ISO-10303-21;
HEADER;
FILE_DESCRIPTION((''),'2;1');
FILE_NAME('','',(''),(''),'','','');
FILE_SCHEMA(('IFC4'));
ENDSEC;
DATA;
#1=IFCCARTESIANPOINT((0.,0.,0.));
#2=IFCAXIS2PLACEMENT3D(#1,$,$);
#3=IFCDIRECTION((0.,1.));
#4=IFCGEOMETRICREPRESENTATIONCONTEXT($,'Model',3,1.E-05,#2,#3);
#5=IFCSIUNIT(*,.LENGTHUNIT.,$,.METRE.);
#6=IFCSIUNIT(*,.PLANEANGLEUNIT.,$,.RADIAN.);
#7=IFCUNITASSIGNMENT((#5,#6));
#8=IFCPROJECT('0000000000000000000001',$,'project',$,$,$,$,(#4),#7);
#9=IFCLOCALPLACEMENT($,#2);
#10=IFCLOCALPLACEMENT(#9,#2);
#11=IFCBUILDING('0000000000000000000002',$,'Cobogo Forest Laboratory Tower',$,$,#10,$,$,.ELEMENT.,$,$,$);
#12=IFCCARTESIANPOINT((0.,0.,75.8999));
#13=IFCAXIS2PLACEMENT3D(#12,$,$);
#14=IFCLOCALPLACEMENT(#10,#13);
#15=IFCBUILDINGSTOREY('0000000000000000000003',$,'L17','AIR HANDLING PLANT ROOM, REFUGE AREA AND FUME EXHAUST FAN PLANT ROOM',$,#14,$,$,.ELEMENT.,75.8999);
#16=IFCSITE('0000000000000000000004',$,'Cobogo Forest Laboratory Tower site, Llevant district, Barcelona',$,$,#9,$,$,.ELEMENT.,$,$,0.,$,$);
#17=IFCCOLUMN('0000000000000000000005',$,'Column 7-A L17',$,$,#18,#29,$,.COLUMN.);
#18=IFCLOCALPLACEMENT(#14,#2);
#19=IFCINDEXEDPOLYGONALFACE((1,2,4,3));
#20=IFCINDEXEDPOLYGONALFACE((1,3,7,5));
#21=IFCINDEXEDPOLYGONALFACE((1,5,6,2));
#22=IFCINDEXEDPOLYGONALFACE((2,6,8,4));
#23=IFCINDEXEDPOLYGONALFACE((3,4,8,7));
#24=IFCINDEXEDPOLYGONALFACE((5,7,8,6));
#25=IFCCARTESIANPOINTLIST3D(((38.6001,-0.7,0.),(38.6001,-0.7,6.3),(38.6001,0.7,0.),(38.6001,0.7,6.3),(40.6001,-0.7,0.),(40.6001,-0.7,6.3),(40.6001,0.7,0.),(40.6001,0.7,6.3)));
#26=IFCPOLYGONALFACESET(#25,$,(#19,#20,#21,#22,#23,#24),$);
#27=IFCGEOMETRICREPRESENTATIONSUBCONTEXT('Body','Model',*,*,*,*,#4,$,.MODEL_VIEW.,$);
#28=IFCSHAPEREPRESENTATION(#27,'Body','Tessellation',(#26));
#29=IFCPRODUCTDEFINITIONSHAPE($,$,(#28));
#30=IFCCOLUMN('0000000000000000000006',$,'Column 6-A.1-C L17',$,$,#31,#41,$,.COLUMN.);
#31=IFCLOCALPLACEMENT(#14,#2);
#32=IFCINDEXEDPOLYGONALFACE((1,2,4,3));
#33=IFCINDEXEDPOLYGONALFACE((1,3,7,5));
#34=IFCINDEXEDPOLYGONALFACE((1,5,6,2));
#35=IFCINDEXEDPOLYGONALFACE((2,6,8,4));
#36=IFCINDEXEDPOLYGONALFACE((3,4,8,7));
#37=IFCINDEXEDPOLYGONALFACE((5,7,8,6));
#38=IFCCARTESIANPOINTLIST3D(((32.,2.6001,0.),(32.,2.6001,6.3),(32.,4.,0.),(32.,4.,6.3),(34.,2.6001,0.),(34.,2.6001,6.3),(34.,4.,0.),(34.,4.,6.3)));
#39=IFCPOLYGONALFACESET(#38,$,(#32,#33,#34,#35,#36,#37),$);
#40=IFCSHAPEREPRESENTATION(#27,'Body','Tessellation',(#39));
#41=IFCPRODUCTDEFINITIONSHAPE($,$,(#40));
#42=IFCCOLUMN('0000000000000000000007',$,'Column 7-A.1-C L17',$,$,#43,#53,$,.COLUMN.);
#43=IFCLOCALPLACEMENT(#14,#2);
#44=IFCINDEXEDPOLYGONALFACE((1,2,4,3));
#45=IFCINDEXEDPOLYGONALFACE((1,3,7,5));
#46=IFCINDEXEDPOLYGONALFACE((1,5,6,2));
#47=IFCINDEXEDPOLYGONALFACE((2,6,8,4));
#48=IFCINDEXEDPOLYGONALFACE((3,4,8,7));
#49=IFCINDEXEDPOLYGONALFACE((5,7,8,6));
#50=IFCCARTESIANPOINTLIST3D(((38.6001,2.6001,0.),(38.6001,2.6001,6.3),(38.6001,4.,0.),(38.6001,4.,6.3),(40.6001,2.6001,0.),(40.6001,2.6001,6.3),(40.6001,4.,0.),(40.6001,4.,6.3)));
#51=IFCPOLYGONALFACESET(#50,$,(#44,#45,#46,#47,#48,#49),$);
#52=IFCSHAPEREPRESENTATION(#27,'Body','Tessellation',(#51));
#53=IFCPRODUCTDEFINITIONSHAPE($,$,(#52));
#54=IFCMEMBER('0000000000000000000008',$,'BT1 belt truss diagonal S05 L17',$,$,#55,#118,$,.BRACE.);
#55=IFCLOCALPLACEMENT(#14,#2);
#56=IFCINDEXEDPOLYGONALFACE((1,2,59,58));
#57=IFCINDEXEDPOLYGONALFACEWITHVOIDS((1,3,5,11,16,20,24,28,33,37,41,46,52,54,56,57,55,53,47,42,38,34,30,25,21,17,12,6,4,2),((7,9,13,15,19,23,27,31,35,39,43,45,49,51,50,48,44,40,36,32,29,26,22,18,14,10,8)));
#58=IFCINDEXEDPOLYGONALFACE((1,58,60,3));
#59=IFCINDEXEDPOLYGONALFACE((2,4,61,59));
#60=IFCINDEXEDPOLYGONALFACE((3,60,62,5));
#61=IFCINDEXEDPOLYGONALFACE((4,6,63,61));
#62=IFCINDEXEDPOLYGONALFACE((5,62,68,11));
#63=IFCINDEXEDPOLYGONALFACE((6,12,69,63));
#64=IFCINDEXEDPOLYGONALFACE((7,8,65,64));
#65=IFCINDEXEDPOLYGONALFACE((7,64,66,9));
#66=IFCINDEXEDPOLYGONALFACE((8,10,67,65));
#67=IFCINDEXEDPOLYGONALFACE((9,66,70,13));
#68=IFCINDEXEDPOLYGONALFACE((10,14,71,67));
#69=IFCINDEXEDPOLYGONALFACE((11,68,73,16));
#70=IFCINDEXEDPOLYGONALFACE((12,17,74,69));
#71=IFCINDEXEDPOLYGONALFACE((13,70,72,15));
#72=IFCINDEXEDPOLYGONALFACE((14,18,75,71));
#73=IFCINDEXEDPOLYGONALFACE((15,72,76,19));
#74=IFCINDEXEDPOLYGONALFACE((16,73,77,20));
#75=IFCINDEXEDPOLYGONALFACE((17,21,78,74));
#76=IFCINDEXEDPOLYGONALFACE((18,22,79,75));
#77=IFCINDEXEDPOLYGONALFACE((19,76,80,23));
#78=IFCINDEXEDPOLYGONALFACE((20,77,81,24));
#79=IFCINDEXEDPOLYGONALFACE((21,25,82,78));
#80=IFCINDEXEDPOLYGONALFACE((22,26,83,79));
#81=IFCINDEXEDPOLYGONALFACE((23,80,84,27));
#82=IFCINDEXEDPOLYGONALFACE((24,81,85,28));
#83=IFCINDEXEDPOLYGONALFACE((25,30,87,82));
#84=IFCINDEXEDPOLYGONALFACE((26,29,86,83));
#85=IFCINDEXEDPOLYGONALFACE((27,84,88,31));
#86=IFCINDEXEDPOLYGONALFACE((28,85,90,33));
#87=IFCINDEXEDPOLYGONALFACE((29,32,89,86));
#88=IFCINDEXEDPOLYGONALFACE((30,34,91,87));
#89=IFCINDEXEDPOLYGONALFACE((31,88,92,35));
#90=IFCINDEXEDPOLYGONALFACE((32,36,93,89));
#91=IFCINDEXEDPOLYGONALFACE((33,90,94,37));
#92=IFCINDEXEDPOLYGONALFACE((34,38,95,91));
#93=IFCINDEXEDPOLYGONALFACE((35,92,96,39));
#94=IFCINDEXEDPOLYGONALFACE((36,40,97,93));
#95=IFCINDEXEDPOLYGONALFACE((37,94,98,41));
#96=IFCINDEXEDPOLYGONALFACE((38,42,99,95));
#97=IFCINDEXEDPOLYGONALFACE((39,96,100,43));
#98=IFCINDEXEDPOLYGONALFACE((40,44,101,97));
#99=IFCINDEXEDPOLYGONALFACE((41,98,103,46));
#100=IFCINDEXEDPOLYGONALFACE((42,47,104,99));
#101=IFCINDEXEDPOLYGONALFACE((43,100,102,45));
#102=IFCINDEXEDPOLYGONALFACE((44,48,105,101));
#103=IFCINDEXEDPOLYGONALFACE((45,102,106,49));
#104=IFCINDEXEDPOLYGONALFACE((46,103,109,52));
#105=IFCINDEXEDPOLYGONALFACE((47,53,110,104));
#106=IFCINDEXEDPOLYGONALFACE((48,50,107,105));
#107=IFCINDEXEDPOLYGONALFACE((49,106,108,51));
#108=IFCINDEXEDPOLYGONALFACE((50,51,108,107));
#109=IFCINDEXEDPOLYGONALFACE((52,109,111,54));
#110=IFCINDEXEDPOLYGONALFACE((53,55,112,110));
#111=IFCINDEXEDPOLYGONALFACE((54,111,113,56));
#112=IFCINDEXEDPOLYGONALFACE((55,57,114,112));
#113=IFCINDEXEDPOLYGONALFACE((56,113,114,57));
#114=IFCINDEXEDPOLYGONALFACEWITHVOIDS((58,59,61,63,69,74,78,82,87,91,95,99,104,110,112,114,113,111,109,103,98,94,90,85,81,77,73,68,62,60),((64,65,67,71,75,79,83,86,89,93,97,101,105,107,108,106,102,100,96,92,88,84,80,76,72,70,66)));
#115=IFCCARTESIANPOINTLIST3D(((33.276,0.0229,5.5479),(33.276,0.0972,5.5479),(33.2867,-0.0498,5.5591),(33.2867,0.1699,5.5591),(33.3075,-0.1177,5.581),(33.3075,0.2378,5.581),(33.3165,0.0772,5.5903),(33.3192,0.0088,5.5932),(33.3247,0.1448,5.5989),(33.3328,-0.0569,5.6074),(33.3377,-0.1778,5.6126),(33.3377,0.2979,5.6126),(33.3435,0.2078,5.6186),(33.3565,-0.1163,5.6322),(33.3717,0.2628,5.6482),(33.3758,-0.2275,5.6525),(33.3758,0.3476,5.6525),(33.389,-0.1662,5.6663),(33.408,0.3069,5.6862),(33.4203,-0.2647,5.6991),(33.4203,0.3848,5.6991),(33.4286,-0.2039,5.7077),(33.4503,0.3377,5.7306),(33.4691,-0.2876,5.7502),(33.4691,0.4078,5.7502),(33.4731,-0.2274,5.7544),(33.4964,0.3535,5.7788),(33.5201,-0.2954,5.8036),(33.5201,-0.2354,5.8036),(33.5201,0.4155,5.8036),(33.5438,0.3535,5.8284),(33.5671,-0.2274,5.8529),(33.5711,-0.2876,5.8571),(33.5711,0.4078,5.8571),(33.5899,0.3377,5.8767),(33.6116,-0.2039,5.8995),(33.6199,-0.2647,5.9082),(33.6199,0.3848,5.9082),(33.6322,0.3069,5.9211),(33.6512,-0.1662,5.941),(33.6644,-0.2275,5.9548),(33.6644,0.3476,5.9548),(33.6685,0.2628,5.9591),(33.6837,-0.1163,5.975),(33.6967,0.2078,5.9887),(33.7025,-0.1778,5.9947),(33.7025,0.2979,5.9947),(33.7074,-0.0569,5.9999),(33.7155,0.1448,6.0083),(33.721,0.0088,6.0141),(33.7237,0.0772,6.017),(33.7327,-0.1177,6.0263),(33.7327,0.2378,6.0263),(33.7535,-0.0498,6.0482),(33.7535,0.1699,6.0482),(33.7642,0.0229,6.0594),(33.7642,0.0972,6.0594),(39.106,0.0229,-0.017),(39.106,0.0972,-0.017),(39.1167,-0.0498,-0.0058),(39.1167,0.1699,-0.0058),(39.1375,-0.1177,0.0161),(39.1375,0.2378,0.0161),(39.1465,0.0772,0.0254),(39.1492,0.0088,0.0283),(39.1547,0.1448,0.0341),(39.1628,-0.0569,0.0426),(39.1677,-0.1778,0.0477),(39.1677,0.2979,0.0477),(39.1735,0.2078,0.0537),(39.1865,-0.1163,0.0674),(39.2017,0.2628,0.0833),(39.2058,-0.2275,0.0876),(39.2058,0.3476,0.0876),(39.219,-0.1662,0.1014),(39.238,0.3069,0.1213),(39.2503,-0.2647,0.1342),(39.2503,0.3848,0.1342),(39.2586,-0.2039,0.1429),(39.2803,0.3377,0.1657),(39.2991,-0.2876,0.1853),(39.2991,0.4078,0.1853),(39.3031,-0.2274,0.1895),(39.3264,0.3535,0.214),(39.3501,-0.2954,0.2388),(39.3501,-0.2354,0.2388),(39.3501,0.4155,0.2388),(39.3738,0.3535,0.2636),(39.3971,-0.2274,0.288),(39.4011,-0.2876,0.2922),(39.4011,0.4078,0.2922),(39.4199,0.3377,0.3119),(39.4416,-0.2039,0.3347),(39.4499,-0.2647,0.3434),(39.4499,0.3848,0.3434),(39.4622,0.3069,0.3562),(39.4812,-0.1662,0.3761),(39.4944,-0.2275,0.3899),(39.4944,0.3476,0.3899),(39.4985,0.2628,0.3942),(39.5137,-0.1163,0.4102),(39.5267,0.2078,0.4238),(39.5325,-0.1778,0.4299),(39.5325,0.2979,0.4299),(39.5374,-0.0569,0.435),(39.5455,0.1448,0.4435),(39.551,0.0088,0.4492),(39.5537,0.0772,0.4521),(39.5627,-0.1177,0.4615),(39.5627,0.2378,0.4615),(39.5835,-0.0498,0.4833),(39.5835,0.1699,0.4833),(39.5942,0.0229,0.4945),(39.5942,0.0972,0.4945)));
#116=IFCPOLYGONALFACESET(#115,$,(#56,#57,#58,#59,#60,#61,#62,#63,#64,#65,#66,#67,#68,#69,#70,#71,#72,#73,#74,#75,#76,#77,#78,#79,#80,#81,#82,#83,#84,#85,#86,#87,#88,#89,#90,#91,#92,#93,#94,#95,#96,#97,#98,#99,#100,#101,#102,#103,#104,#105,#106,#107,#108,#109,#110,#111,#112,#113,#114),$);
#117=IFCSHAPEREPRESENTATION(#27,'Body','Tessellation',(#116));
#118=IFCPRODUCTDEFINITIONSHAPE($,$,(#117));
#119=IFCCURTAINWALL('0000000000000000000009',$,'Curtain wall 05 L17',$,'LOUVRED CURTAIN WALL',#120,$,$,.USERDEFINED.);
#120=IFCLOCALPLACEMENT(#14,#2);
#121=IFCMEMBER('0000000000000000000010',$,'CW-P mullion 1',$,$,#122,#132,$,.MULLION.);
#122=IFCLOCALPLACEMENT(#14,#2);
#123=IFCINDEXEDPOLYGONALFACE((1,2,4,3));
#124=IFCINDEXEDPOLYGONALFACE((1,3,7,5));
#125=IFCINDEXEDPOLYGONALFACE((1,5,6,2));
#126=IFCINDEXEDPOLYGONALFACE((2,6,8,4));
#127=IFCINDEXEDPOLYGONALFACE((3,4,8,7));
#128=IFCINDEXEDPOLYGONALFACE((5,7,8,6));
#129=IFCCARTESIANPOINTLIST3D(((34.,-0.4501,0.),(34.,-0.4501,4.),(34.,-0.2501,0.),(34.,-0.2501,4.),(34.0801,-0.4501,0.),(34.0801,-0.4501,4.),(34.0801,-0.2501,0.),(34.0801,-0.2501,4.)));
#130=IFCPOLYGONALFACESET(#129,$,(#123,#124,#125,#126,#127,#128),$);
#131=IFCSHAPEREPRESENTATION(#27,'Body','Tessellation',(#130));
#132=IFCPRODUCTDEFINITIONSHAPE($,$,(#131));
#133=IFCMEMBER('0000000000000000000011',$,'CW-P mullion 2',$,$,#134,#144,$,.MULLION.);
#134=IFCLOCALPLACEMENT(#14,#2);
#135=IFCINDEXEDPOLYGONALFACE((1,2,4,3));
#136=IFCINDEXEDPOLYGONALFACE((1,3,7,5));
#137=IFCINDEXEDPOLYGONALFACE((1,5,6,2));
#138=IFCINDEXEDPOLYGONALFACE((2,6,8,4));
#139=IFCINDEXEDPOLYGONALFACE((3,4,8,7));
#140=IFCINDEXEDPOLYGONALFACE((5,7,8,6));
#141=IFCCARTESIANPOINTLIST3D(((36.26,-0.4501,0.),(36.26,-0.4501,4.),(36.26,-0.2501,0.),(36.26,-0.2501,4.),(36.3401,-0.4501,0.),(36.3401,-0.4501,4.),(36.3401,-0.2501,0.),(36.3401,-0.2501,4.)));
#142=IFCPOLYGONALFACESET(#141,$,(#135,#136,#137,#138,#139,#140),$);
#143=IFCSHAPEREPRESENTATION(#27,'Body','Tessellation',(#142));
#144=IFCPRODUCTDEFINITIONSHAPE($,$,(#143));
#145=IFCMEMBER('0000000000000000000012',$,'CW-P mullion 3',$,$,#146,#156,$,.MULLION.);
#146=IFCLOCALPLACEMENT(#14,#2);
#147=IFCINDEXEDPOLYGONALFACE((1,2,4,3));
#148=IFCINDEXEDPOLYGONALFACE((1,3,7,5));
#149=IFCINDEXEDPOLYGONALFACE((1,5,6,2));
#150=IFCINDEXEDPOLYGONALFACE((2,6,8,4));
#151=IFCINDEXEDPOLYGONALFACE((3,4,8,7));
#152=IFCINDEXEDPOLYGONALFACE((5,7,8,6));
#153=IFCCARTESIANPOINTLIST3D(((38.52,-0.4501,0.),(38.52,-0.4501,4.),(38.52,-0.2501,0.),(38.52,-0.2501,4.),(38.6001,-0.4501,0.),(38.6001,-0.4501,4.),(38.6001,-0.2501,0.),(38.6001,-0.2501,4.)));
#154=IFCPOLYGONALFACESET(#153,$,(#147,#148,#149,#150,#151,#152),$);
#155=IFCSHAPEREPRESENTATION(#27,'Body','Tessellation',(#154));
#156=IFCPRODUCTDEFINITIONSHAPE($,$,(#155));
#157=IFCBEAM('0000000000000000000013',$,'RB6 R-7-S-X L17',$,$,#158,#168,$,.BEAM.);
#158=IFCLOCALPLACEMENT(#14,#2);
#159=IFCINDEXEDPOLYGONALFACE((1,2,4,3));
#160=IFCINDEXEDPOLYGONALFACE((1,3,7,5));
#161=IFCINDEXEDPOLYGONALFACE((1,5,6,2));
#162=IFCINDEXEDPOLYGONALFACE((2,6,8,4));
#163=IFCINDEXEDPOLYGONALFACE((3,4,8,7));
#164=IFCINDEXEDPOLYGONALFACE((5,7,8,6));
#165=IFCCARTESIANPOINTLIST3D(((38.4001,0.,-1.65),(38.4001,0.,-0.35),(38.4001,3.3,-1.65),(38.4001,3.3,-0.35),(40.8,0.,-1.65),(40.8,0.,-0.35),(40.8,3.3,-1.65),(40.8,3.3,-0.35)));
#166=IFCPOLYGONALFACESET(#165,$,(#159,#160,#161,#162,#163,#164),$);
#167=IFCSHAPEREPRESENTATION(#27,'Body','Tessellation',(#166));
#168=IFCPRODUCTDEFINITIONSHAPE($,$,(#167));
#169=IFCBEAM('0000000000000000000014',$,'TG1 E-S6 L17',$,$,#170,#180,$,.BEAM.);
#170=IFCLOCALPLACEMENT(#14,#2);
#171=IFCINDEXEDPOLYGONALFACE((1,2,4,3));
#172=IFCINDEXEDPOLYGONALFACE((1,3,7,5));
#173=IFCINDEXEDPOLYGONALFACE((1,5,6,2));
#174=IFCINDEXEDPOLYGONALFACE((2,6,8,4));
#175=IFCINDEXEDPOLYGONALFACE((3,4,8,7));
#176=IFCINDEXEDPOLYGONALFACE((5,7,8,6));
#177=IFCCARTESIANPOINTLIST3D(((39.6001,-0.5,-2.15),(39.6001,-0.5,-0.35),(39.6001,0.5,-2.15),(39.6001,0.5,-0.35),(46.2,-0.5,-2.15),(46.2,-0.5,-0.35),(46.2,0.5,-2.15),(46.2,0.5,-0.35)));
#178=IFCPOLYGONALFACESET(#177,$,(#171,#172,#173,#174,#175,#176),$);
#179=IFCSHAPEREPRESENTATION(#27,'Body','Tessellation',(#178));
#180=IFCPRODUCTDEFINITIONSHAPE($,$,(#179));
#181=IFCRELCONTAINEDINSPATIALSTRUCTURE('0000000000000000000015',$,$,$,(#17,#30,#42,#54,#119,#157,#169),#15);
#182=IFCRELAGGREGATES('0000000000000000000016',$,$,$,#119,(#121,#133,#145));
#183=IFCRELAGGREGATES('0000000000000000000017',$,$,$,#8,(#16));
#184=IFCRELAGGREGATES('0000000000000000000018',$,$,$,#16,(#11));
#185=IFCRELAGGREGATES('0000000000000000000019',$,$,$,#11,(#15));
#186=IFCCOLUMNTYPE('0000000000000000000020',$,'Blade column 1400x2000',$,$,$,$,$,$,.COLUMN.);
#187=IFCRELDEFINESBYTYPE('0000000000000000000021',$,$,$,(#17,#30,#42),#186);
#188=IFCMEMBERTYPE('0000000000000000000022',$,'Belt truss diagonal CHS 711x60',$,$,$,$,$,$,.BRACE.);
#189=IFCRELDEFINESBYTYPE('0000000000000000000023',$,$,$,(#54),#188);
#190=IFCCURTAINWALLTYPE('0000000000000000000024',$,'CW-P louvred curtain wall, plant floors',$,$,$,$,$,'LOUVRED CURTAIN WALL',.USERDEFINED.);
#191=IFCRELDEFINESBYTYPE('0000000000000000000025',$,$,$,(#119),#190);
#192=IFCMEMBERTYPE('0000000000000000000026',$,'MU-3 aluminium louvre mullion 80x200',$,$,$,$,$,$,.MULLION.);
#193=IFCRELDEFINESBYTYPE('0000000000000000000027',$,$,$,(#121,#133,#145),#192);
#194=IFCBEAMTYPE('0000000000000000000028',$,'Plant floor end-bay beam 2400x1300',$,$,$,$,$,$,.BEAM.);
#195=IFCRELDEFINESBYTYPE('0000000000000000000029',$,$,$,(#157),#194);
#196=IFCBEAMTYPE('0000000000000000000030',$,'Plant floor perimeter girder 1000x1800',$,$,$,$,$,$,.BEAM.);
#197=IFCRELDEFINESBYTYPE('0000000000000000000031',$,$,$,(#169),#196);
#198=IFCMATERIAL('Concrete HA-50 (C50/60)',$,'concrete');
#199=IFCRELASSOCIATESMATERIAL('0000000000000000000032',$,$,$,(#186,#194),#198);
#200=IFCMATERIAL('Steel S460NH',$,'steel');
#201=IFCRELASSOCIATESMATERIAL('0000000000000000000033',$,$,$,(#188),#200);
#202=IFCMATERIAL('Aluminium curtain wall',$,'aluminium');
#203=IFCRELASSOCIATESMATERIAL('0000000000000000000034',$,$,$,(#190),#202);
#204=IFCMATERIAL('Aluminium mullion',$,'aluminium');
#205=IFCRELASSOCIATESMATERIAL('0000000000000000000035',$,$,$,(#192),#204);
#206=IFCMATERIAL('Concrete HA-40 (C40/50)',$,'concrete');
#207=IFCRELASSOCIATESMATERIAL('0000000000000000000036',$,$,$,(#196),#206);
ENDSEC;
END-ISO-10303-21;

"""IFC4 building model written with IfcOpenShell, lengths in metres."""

from ifc_helpers import new_model, si_unit, direction, frame, origin, origin_2d, place, context, subcontext, project, spatial, rectangle, hollow_circle, extrude, material, material_profile, profile_set, type_object, element, aggregate, save


model = new_model("IFC4")

# Units and contexts
model_context = context("Model", 3, precision=1e-05, world=origin(), true_north=direction((0.0, 1.0)))
body_context = subcontext(model_context, "Body", "Model", "MODEL_VIEW")
ifc_project = project(units=[si_unit("LENGTHUNIT", "METRE"), si_unit("PLANEANGLEUNIT", "RADIAN")], contexts=[model_context])

# Site, building, storey
site_placement = place(None, origin())
site = spatial("IfcSite", under=ifc_project, at=site_placement, Name="Cobogo Forest Laboratory Tower site, Llevant district, Barcelona", CompositionType="ELEMENT", RefElevation=0.0)
building_placement = place(site_placement, origin())
building = spatial("IfcBuilding", under=site, at=building_placement, Name="Cobogo Forest Laboratory Tower", CompositionType="ELEMENT")
storey_placement = place(building_placement, frame((0.0, 0.0, 75.8999)))
storey = spatial("IfcBuildingStorey", under=building, at=storey_placement, Name="L17", Description="AIR HANDLING PLANT ROOM, REFUGE AREA AND FUME EXHAUST FAN PLANT ROOM", CompositionType="ELEMENT", Elevation=75.8999)

# Columns
ifc_material_1 = material(Name="Concrete HA-50 (C50/60)", Category="concrete")
ifc_material_profile_1 = material_profile(ifc_material_1, rectangle(XDim=2.0, YDim=1.3999, at=origin_2d()), Name="RC 1400x2000")
ifc_profile_set_1 = profile_set([ifc_material_profile_1], Name="Concrete HA-50 (C50/60)")
column_type = type_object("IfcColumnType", Name="Blade column 1400x2000", PredefinedType="COLUMN", material=ifc_profile_set_1)
for number, where, z_axis, x_axis, name in (
    (1, (39.6001, 0.0, 0.0), (0.0, 0.0, 1.0), (1.0, 0.0, 0.0), "Column 7-A L17"),
    (2, (33.0, 3.3, 0.0), (0.0, 0.0, 1.0), (1.0, 0.0, 0.0), "Column 6-A.1-C L17"),
    (3, (39.6001, 3.3, 0.0), (0.0, 0.0, 1.0), (1.0, 0.0, 0.0), "Column 7-A.1-C L17"),
):
    element("IfcColumn", number, at=place(storey_placement, frame(where, z_axis=z_axis, x_axis=x_axis)), inside=storey, type_object=column_type, Name=name, PredefinedType="COLUMN", context=body_context, shape_type="SweptSolid", body=[
        extrude(rectangle(XDim=2.0, YDim=1.3999, at=origin_2d()), origin(), (0.0, 0.0, 1.0), 6.3),
    ])

# Member
ifc_material_2 = material(Name="Steel S460NH", Category="steel")
ifc_material_profile_2 = material_profile(ifc_material_2, hollow_circle(Radius=0.3555, WallThickness=0.0601, at=origin_2d()), Name="CHS 711x60")
ifc_profile_set_2 = profile_set([ifc_material_profile_2], Name="Steel S460NH")
member_type_1 = type_object("IfcMemberType", Name="Belt truss diagonal CHS 711x60", PredefinedType="BRACE", material=ifc_profile_set_2)
member_1_placement = place(storey_placement, frame((39.3501, 0.0601, 0.2388), z_axis=(-0.723364, 0.0, 0.690467), x_axis=(0.0, -1.0, 0.0)))
element("IfcMember", 4, at=member_1_placement, inside=storey, type_object=member_type_1, Name="BT1 belt truss diagonal S05 L17", PredefinedType="BRACE", context=body_context, shape_type="SweptSolid", body=[
    extrude(hollow_circle(Radius=0.3555, WallThickness=0.0601, at=origin_2d()), origin(), (0.0, 0.0, 1.0), 8.0596),
])

# Curtain wall, members
ifc_material_3 = material(Name="Aluminium curtain wall", Category="aluminium")
curtain_wall_type = type_object("IfcCurtainWallType", Name="CW-P louvred curtain wall, plant floors", ElementType="LOUVRED CURTAIN WALL", PredefinedType="USERDEFINED", material=ifc_material_3)
curtain_wall_placement = place(storey_placement, origin())
curtain_wall = element("IfcCurtainWall", 5, at=curtain_wall_placement, inside=storey, type_object=curtain_wall_type, Name="Curtain wall 05 L17", ObjectType="LOUVRED CURTAIN WALL", PredefinedType="USERDEFINED")
ifc_material_4 = material(Name="Aluminium mullion", Category="aluminium")
ifc_material_profile_3 = material_profile(ifc_material_4, rectangle(XDim=0.0801, YDim=0.2, at=origin_2d()), Name="AL 80x200")
ifc_profile_set_3 = profile_set([ifc_material_profile_3], Name="Aluminium mullion")
member_type_2 = type_object("IfcMemberType", Name="MU-3 aluminium louvre mullion 80x200", PredefinedType="MULLION", material=ifc_profile_set_3)
member_2_placement = place(storey_placement, frame((34.04, -0.3501, 0.0), z_axis=(0.0, 0.0, 1.0), x_axis=(1.0, 0.0, 0.0)))
member_2 = element("IfcMember", 6, at=member_2_placement, type_object=member_type_2, Name="CW-P mullion 1", PredefinedType="MULLION", context=body_context, shape_type="SweptSolid", body=[
    extrude(rectangle(XDim=0.0801, YDim=0.2, at=origin_2d()), origin(), (0.0, 0.0, 1.0), 4.0),
])
member_3_placement = place(storey_placement, frame((36.3, -0.3501, 0.0), z_axis=(0.0, 0.0, 1.0), x_axis=(1.0, 0.0, 0.0)))
member_3 = element("IfcMember", 7, at=member_3_placement, type_object=member_type_2, Name="CW-P mullion 2", PredefinedType="MULLION", context=body_context, shape_type="SweptSolid", body=[
    extrude(rectangle(XDim=0.0801, YDim=0.2, at=origin_2d()), origin(), (0.0, 0.0, 1.0), 4.0),
])
member_4_placement = place(storey_placement, frame((38.5601, -0.3501, 0.0), z_axis=(0.0, 0.0, 1.0), x_axis=(1.0, 0.0, 0.0)))
member_4 = element("IfcMember", 8, at=member_4_placement, type_object=member_type_2, Name="CW-P mullion 3", PredefinedType="MULLION", context=body_context, shape_type="SweptSolid", body=[
    extrude(rectangle(XDim=0.0801, YDim=0.2, at=origin_2d()), origin(), (0.0, 0.0, 1.0), 4.0),
])

# Beams
ifc_material_profile_4 = material_profile(ifc_material_1, rectangle(XDim=2.3999, YDim=1.3, at=origin_2d()), Name="RC 2400x1300")
ifc_profile_set_4 = profile_set([ifc_material_profile_4], Name="Concrete HA-50 (C50/60)")
beam_type_1 = type_object("IfcBeamType", Name="Plant floor end-bay beam 2400x1300", PredefinedType="BEAM", material=ifc_profile_set_4)
beam_1_placement = place(storey_placement, frame((39.6001, 0.0, -1.0), z_axis=(0.0, 1.0, 0.0), x_axis=(-1.0, 0.0, 0.0)))
element("IfcBeam", 9, at=beam_1_placement, inside=storey, type_object=beam_type_1, Name="RB6 R-7-S-X L17", PredefinedType="BEAM", context=body_context, shape_type="SweptSolid", body=[
    extrude(rectangle(XDim=2.3999, YDim=1.3, at=origin_2d()), origin(), (0.0, 0.0, 1.0), 3.3),
])
ifc_material_5 = material(Name="Concrete HA-40 (C40/50)", Category="concrete")
ifc_material_profile_5 = material_profile(ifc_material_5, rectangle(XDim=1.0, YDim=1.8, at=origin_2d()), Name="RC 1000x1800")
ifc_profile_set_5 = profile_set([ifc_material_profile_5], Name="Concrete HA-40 (C40/50)")
beam_type_2 = type_object("IfcBeamType", Name="Plant floor perimeter girder 1000x1800", PredefinedType="BEAM", material=ifc_profile_set_5)
beam_2_placement = place(storey_placement, frame((39.6001, 0.0, -1.25), z_axis=(1.0, 0.0, 0.0), x_axis=(0.0, 1.0, 0.0)))
element("IfcBeam", 10, at=beam_2_placement, inside=storey, type_object=beam_type_2, Name="TG1 E-S6 L17", PredefinedType="BEAM", context=body_context, shape_type="SweptSolid", body=[
    extrude(rectangle(XDim=1.0, YDim=1.8, at=origin_2d()), origin(), (0.0, 0.0, 1.0), 6.5999),
])

aggregate(curtain_wall, [member_2, member_3, member_4])

save(model, "model.ifc")
